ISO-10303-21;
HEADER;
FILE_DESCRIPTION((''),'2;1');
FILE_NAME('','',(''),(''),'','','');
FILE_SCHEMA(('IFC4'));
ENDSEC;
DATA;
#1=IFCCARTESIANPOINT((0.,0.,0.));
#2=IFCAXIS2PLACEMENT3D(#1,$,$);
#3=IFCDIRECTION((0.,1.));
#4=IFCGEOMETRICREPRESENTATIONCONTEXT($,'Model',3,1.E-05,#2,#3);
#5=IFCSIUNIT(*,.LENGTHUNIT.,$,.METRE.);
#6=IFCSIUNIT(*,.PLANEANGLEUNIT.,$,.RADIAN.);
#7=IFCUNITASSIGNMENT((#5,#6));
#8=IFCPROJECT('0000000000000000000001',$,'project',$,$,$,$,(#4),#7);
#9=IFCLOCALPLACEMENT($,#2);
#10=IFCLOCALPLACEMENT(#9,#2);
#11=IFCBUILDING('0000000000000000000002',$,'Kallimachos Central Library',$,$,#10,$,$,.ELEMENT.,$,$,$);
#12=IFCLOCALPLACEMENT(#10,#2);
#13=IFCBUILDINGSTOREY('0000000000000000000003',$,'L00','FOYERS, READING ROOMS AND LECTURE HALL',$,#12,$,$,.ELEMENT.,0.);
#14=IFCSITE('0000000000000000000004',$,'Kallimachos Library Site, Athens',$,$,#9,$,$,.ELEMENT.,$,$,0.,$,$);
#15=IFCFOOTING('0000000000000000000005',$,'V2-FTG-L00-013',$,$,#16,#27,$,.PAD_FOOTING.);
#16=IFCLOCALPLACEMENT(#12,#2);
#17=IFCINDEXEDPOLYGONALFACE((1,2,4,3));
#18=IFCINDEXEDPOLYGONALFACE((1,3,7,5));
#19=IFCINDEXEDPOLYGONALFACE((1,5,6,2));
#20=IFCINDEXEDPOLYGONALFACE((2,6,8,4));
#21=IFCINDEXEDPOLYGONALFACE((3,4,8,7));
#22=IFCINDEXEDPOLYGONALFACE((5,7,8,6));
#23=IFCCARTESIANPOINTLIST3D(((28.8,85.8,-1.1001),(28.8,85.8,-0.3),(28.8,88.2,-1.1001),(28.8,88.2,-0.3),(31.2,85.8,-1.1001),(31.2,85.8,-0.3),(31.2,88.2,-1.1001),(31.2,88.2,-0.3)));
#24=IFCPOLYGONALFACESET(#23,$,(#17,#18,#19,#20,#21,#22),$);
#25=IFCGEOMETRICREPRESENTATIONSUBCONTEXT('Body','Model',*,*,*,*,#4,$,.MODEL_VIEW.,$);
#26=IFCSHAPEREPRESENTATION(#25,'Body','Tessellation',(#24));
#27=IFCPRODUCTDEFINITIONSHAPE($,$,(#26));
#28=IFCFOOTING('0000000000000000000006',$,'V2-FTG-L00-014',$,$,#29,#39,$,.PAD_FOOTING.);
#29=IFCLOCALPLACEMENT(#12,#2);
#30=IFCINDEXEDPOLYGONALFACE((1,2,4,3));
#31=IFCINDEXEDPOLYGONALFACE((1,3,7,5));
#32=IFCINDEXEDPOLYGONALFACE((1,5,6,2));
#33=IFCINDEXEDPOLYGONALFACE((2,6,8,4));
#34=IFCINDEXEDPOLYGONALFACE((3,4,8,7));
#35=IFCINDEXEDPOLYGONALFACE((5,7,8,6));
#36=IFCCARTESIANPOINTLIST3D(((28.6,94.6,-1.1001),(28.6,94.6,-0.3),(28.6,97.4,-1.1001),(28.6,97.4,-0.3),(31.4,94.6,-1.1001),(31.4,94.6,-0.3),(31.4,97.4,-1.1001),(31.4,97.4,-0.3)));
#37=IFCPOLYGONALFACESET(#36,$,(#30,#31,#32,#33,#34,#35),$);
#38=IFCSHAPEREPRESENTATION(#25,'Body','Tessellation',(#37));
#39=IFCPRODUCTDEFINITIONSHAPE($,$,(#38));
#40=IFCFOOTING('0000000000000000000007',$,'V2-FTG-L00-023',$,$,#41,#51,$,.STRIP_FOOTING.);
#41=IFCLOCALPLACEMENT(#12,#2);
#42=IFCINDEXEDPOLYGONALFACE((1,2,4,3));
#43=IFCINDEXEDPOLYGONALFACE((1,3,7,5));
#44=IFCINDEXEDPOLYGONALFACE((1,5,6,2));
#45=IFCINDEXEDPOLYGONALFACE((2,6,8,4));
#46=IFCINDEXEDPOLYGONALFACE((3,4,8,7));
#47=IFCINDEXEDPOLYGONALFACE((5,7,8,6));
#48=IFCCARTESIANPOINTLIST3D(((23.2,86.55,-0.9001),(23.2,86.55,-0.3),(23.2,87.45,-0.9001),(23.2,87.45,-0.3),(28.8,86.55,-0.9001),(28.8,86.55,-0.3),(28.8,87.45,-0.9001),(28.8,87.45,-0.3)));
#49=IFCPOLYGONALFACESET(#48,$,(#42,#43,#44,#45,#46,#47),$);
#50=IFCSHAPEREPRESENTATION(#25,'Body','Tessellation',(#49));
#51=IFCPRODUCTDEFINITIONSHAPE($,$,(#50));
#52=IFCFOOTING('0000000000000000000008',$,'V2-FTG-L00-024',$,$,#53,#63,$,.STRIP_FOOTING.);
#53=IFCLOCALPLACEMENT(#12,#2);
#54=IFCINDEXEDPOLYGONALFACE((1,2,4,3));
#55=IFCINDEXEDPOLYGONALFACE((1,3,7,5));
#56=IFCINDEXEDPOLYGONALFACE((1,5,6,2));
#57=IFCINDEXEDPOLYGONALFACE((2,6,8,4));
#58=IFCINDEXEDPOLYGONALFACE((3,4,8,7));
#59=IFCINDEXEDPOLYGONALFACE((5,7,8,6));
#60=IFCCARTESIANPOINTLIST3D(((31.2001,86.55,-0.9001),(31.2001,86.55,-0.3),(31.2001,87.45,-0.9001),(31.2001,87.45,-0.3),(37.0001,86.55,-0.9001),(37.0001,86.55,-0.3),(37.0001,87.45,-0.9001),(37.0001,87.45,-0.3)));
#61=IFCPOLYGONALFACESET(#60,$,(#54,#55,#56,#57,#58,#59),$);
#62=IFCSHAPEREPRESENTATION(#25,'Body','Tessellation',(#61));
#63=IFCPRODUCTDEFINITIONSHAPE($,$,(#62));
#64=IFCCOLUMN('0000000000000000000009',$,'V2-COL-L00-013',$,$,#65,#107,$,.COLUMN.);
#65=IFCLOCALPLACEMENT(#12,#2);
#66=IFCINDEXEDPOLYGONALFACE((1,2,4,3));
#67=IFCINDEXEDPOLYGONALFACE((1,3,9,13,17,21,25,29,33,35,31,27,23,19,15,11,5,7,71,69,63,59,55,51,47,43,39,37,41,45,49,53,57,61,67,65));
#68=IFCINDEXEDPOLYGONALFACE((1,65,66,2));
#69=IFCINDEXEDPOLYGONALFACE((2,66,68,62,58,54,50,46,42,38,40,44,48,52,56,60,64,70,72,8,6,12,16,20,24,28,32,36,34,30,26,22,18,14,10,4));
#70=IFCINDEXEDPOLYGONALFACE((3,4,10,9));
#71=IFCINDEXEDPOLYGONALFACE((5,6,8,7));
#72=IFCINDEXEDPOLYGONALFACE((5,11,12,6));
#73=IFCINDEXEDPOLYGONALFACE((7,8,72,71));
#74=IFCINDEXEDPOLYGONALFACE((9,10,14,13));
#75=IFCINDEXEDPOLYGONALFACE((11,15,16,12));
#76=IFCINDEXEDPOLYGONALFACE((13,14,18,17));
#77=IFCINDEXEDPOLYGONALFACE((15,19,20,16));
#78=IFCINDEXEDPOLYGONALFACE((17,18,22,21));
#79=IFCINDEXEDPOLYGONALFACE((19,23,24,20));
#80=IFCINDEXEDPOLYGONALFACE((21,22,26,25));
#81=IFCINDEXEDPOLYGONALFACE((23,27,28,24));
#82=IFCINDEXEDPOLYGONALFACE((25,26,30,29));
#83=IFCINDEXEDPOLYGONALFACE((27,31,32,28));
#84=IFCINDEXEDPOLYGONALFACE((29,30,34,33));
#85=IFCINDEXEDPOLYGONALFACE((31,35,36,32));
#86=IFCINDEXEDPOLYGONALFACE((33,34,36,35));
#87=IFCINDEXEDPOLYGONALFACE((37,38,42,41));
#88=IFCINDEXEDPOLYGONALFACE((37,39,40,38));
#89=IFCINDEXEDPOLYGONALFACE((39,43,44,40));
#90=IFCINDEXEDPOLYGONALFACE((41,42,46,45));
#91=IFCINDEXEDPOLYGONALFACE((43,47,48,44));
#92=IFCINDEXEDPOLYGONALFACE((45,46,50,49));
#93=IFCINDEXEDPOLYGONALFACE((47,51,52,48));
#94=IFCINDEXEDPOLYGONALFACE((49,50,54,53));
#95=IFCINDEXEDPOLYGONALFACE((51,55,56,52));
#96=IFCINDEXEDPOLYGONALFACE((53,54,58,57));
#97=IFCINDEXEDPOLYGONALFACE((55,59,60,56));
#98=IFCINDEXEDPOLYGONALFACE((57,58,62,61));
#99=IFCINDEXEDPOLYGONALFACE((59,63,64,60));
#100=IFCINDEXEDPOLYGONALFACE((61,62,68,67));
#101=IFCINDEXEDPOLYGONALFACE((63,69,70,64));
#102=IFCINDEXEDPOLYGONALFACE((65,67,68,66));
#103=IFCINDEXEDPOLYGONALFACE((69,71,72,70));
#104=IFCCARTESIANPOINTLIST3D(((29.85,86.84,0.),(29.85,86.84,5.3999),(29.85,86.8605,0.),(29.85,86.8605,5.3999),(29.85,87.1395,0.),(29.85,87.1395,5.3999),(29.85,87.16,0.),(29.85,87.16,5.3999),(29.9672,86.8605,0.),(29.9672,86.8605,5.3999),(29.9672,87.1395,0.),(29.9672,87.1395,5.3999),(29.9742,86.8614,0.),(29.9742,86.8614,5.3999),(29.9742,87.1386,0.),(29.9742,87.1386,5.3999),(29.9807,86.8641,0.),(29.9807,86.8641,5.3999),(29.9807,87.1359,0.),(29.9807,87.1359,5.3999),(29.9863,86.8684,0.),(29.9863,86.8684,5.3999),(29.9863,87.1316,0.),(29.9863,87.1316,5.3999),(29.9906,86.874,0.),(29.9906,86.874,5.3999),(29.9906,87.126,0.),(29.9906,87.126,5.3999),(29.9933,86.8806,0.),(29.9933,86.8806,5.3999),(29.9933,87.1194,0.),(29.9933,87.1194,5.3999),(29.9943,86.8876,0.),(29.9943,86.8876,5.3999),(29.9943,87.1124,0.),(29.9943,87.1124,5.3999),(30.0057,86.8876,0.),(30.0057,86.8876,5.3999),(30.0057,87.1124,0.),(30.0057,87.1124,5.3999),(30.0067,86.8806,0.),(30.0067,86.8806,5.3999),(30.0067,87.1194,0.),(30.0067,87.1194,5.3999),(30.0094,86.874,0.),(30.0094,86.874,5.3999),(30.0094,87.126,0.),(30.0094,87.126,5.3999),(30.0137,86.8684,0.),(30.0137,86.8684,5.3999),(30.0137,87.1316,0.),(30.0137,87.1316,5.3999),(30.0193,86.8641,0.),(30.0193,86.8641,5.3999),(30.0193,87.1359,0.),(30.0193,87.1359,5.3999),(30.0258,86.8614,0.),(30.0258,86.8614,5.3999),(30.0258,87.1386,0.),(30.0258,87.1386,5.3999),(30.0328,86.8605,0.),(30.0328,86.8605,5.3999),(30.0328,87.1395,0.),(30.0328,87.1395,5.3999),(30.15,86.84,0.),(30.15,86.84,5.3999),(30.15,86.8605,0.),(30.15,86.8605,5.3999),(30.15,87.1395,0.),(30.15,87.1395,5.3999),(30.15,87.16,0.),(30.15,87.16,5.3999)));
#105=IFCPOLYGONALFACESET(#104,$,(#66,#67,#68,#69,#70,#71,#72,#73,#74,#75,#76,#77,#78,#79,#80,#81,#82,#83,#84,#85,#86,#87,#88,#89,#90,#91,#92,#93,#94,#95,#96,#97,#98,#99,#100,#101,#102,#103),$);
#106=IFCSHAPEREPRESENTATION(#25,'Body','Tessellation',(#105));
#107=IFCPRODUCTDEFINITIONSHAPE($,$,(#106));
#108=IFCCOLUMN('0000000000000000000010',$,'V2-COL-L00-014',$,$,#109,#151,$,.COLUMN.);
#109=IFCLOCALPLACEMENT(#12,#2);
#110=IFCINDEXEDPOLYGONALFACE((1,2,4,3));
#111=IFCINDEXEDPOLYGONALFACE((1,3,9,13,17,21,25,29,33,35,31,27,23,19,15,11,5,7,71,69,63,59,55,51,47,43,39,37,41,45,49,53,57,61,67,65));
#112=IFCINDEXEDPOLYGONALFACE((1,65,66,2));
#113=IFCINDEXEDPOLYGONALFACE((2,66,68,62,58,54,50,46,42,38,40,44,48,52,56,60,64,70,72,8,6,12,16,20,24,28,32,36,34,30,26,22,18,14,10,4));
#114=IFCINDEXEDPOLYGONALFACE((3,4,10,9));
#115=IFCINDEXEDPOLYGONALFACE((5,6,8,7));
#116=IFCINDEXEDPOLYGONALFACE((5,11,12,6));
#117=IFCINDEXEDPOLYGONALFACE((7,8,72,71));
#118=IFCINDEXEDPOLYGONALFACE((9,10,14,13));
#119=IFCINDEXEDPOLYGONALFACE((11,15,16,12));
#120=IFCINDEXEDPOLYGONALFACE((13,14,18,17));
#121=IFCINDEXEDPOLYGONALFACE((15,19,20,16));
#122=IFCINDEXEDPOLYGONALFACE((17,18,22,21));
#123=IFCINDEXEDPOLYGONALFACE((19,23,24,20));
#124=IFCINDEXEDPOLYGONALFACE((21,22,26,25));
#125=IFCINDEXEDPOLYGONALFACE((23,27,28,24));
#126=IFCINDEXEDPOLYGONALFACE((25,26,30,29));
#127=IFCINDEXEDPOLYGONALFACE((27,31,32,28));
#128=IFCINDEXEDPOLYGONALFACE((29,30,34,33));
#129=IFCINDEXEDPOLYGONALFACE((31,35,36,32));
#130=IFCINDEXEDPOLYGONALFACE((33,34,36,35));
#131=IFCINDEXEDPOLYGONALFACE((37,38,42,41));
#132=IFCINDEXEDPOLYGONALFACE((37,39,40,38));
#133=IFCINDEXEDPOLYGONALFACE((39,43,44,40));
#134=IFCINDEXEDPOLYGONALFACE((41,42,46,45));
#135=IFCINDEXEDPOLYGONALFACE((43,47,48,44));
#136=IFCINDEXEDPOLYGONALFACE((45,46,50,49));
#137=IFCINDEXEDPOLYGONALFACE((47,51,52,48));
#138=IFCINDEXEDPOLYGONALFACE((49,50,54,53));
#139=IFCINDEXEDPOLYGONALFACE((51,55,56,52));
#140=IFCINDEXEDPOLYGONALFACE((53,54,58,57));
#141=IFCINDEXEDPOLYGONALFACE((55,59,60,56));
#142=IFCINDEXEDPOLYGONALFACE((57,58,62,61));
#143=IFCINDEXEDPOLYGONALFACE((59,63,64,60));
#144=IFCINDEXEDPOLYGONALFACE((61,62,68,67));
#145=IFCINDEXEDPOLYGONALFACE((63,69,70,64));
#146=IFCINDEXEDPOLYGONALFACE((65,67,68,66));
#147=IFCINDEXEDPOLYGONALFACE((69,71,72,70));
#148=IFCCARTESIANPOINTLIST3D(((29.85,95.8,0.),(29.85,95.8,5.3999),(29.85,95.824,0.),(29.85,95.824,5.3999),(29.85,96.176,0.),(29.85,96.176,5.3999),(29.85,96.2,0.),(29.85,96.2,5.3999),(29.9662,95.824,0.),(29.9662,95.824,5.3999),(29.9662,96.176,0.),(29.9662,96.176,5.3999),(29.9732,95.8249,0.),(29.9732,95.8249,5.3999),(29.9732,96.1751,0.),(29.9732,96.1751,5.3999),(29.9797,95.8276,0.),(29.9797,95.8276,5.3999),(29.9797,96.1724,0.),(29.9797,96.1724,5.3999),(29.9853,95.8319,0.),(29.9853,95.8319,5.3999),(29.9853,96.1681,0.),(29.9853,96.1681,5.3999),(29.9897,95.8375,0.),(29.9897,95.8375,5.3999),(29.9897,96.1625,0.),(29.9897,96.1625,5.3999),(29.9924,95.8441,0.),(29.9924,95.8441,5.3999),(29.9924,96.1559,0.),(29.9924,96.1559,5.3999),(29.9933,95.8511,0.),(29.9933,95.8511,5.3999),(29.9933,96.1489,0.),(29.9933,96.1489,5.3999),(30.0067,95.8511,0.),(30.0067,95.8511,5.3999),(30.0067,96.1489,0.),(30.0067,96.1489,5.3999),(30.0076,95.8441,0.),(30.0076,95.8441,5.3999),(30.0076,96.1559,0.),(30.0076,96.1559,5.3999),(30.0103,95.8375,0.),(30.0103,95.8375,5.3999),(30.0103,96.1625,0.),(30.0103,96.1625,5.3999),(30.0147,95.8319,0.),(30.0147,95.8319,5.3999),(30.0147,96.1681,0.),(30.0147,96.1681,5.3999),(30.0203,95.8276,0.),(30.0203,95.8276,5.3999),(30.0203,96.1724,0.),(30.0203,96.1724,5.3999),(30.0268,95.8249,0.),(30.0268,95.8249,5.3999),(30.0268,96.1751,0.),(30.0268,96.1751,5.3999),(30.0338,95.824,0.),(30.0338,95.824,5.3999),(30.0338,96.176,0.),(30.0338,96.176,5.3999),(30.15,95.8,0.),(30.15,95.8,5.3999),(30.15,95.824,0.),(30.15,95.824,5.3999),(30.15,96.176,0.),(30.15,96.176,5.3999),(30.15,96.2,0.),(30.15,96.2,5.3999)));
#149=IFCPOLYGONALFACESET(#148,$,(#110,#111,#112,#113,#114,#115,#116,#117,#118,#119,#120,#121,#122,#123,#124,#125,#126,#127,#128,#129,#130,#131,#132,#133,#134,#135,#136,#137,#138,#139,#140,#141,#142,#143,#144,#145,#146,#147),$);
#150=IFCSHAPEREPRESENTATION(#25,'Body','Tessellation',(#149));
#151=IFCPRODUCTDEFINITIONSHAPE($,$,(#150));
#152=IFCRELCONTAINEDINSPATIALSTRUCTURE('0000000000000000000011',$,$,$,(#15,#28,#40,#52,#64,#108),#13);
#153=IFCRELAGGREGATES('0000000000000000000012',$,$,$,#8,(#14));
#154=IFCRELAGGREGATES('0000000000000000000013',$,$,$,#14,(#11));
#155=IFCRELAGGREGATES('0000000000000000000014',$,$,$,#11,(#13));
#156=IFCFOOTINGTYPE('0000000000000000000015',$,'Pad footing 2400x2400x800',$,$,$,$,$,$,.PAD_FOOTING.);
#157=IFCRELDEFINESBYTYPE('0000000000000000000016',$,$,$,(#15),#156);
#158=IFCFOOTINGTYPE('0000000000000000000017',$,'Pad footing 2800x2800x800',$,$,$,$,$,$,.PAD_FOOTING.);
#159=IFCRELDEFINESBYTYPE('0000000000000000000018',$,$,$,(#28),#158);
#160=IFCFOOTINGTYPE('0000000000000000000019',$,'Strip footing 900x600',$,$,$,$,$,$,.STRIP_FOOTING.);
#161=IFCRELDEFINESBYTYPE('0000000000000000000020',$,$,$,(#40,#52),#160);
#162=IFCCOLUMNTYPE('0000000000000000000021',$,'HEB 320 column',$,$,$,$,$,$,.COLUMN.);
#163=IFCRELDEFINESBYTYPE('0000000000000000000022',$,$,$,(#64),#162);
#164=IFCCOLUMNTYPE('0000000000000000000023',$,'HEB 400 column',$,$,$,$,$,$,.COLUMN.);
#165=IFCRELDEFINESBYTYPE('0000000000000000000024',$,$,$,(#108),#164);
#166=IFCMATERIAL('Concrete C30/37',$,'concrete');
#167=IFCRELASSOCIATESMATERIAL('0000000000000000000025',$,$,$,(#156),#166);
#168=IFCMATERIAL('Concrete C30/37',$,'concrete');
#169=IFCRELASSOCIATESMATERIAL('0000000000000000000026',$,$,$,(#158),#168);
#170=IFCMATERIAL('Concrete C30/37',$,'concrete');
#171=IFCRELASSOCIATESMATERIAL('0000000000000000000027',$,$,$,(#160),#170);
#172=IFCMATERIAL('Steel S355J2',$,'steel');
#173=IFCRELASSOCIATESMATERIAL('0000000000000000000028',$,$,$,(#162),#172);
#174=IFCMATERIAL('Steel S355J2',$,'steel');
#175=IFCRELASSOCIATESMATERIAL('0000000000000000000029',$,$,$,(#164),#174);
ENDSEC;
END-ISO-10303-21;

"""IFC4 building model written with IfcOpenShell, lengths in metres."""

from ifc_helpers import new_model, si_unit, direction, frame, origin, origin_2d, place, context, subcontext, project, spatial, rectangle, i_section, extrude, material, material_profile, profile_set, type_object, element, save


model = new_model("IFC4")

# Units and contexts
model_context = context("Model", 3, precision=1e-05, world=origin(), true_north=direction((0.0, 1.0)))
body_context = subcontext(model_context, "Body", "Model", "MODEL_VIEW")
ifc_project = project(units=[si_unit("LENGTHUNIT", "METRE"), si_unit("PLANEANGLEUNIT", "RADIAN")], contexts=[model_context])

# Site, building, storey
site_placement = place(None, origin())
site = spatial("IfcSite", under=ifc_project, at=site_placement, Name="Kallimachos Library Site, Athens", CompositionType="ELEMENT", RefElevation=0.0)
building_placement = place(site_placement, origin())
building = spatial("IfcBuilding", under=site, at=building_placement, Name="Kallimachos Central Library", CompositionType="ELEMENT")
storey_placement = place(building_placement, origin())
storey = spatial("IfcBuildingStorey", under=building, at=storey_placement, Name="L00", Description="FOYERS, READING ROOMS AND LECTURE HALL", CompositionType="ELEMENT", Elevation=0.0)

# Footings
ifc_material_1 = material(Name="Concrete C30/37", Category="concrete")
footing_type_1 = type_object("IfcFootingType", Name="Pad footing 2400x2400x800", PredefinedType="PAD_FOOTING", material=ifc_material_1)
footing_1_placement = place(storey_placement, frame((30.0, 87.0, -1.1001), z_axis=(0.0, 0.0, 1.0), x_axis=(1.0, 0.0, 0.0)))
element("IfcFooting", 1, at=footing_1_placement, inside=storey, type_object=footing_type_1, Name="V2-FTG-L00-013", PredefinedType="PAD_FOOTING", context=body_context, shape_type="SweptSolid", body=[
    extrude(rectangle(XDim=2.3999, YDim=2.3999, at=origin_2d()), origin(), (0.0, 0.0, 1.0), 0.8),
])
ifc_material_2 = material(Name="Concrete C30/37", Category="concrete")
footing_type_2 = type_object("IfcFootingType", Name="Pad footing 2800x2800x800", PredefinedType="PAD_FOOTING", material=ifc_material_2)
footing_2_placement = place(storey_placement, frame((30.0, 96.0, -1.1001), z_axis=(0.0, 0.0, 1.0), x_axis=(1.0, 0.0, 0.0)))
element("IfcFooting", 2, at=footing_2_placement, inside=storey, type_object=footing_type_2, Name="V2-FTG-L00-014", PredefinedType="PAD_FOOTING", context=body_context, shape_type="SweptSolid", body=[
    extrude(rectangle(XDim=2.8, YDim=2.8, at=origin_2d()), origin(), (0.0, 0.0, 1.0), 0.8),
])
ifc_material_3 = material(Name="Concrete C30/37", Category="concrete")
footing_type_3 = type_object("IfcFootingType", Name="Strip footing 900x600", PredefinedType="STRIP_FOOTING", material=ifc_material_3)
footing_3_placement = place(storey_placement, frame((26.0, 87.0, -0.9001), z_axis=(0.0, 0.0, 1.0), x_axis=(1.0, 0.0, 0.0)))
element("IfcFooting", 3, at=footing_3_placement, inside=storey, type_object=footing_type_3, Name="V2-FTG-L00-023", PredefinedType="STRIP_FOOTING", context=body_context, shape_type="SweptSolid", body=[
    extrude(rectangle(XDim=5.6001, YDim=0.8999, at=origin_2d()), origin(), (0.0, 0.0, 1.0), 0.6001),
])
footing_4_placement = place(storey_placement, frame((34.1001, 87.0, -0.9001), z_axis=(0.0, 0.0, 1.0), x_axis=(1.0, 0.0, 0.0)))
element("IfcFooting", 4, at=footing_4_placement, inside=storey, type_object=footing_type_3, Name="V2-FTG-L00-024", PredefinedType="STRIP_FOOTING", context=body_context, shape_type="SweptSolid", body=[
    extrude(rectangle(XDim=5.8, YDim=0.8999, at=origin_2d()), origin(), (0.0, 0.0, 1.0), 0.6001),
])

# Columns
ifc_material_4 = material(Name="Steel S355J2", Category="steel")
ifc_material_profile_1 = material_profile(ifc_material_4, i_section(OverallWidth=0.3, OverallDepth=0.3201, WebThickness=0.0115, FlangeThickness=0.0205, FilletRadius=0.0271, at=origin_2d()), Name="HEB 320")
ifc_profile_set_1 = profile_set([ifc_material_profile_1], Name="Steel S355J2")
column_type_1 = type_object("IfcColumnType", Name="HEB 320 column", PredefinedType="COLUMN", material=ifc_profile_set_1)
column_1_placement = place(storey_placement, frame((30.0, 87.0, 0.0), z_axis=(0.0, 0.0, 1.0), x_axis=(1.0, 0.0, 0.0)))
element("IfcColumn", 5, at=column_1_placement, inside=storey, type_object=column_type_1, Name="V2-COL-L00-013", PredefinedType="COLUMN", context=body_context, shape_type="SweptSolid", body=[
    extrude(i_section(OverallWidth=0.3, OverallDepth=0.3201, WebThickness=0.0115, FlangeThickness=0.0205, FilletRadius=0.0271, at=origin_2d()), origin(), (0.0, 0.0, 1.0), 5.3999),
])
ifc_material_5 = material(Name="Steel S355J2", Category="steel")
ifc_material_profile_2 = material_profile(ifc_material_5, i_section(OverallWidth=0.3, OverallDepth=0.3999, WebThickness=0.0134, FlangeThickness=0.0239, FilletRadius=0.0271, at=origin_2d()), Name="HEB 400")
ifc_profile_set_2 = profile_set([ifc_material_profile_2], Name="Steel S355J2")
column_type_2 = type_object("IfcColumnType", Name="HEB 400 column", PredefinedType="COLUMN", material=ifc_profile_set_2)
column_2_placement = place(storey_placement, frame((30.0, 96.0, 0.0), z_axis=(0.0, 0.0, 1.0), x_axis=(1.0, 0.0, 0.0)))
element("IfcColumn", 6, at=column_2_placement, inside=storey, type_object=column_type_2, Name="V2-COL-L00-014", PredefinedType="COLUMN", context=body_context, shape_type="SweptSolid", body=[
    extrude(i_section(OverallWidth=0.3, OverallDepth=0.3999, WebThickness=0.0134, FlangeThickness=0.0239, FilletRadius=0.0271, at=origin_2d()), origin(), (0.0, 0.0, 1.0), 5.3999),
])

save(model, "model.ifc")
